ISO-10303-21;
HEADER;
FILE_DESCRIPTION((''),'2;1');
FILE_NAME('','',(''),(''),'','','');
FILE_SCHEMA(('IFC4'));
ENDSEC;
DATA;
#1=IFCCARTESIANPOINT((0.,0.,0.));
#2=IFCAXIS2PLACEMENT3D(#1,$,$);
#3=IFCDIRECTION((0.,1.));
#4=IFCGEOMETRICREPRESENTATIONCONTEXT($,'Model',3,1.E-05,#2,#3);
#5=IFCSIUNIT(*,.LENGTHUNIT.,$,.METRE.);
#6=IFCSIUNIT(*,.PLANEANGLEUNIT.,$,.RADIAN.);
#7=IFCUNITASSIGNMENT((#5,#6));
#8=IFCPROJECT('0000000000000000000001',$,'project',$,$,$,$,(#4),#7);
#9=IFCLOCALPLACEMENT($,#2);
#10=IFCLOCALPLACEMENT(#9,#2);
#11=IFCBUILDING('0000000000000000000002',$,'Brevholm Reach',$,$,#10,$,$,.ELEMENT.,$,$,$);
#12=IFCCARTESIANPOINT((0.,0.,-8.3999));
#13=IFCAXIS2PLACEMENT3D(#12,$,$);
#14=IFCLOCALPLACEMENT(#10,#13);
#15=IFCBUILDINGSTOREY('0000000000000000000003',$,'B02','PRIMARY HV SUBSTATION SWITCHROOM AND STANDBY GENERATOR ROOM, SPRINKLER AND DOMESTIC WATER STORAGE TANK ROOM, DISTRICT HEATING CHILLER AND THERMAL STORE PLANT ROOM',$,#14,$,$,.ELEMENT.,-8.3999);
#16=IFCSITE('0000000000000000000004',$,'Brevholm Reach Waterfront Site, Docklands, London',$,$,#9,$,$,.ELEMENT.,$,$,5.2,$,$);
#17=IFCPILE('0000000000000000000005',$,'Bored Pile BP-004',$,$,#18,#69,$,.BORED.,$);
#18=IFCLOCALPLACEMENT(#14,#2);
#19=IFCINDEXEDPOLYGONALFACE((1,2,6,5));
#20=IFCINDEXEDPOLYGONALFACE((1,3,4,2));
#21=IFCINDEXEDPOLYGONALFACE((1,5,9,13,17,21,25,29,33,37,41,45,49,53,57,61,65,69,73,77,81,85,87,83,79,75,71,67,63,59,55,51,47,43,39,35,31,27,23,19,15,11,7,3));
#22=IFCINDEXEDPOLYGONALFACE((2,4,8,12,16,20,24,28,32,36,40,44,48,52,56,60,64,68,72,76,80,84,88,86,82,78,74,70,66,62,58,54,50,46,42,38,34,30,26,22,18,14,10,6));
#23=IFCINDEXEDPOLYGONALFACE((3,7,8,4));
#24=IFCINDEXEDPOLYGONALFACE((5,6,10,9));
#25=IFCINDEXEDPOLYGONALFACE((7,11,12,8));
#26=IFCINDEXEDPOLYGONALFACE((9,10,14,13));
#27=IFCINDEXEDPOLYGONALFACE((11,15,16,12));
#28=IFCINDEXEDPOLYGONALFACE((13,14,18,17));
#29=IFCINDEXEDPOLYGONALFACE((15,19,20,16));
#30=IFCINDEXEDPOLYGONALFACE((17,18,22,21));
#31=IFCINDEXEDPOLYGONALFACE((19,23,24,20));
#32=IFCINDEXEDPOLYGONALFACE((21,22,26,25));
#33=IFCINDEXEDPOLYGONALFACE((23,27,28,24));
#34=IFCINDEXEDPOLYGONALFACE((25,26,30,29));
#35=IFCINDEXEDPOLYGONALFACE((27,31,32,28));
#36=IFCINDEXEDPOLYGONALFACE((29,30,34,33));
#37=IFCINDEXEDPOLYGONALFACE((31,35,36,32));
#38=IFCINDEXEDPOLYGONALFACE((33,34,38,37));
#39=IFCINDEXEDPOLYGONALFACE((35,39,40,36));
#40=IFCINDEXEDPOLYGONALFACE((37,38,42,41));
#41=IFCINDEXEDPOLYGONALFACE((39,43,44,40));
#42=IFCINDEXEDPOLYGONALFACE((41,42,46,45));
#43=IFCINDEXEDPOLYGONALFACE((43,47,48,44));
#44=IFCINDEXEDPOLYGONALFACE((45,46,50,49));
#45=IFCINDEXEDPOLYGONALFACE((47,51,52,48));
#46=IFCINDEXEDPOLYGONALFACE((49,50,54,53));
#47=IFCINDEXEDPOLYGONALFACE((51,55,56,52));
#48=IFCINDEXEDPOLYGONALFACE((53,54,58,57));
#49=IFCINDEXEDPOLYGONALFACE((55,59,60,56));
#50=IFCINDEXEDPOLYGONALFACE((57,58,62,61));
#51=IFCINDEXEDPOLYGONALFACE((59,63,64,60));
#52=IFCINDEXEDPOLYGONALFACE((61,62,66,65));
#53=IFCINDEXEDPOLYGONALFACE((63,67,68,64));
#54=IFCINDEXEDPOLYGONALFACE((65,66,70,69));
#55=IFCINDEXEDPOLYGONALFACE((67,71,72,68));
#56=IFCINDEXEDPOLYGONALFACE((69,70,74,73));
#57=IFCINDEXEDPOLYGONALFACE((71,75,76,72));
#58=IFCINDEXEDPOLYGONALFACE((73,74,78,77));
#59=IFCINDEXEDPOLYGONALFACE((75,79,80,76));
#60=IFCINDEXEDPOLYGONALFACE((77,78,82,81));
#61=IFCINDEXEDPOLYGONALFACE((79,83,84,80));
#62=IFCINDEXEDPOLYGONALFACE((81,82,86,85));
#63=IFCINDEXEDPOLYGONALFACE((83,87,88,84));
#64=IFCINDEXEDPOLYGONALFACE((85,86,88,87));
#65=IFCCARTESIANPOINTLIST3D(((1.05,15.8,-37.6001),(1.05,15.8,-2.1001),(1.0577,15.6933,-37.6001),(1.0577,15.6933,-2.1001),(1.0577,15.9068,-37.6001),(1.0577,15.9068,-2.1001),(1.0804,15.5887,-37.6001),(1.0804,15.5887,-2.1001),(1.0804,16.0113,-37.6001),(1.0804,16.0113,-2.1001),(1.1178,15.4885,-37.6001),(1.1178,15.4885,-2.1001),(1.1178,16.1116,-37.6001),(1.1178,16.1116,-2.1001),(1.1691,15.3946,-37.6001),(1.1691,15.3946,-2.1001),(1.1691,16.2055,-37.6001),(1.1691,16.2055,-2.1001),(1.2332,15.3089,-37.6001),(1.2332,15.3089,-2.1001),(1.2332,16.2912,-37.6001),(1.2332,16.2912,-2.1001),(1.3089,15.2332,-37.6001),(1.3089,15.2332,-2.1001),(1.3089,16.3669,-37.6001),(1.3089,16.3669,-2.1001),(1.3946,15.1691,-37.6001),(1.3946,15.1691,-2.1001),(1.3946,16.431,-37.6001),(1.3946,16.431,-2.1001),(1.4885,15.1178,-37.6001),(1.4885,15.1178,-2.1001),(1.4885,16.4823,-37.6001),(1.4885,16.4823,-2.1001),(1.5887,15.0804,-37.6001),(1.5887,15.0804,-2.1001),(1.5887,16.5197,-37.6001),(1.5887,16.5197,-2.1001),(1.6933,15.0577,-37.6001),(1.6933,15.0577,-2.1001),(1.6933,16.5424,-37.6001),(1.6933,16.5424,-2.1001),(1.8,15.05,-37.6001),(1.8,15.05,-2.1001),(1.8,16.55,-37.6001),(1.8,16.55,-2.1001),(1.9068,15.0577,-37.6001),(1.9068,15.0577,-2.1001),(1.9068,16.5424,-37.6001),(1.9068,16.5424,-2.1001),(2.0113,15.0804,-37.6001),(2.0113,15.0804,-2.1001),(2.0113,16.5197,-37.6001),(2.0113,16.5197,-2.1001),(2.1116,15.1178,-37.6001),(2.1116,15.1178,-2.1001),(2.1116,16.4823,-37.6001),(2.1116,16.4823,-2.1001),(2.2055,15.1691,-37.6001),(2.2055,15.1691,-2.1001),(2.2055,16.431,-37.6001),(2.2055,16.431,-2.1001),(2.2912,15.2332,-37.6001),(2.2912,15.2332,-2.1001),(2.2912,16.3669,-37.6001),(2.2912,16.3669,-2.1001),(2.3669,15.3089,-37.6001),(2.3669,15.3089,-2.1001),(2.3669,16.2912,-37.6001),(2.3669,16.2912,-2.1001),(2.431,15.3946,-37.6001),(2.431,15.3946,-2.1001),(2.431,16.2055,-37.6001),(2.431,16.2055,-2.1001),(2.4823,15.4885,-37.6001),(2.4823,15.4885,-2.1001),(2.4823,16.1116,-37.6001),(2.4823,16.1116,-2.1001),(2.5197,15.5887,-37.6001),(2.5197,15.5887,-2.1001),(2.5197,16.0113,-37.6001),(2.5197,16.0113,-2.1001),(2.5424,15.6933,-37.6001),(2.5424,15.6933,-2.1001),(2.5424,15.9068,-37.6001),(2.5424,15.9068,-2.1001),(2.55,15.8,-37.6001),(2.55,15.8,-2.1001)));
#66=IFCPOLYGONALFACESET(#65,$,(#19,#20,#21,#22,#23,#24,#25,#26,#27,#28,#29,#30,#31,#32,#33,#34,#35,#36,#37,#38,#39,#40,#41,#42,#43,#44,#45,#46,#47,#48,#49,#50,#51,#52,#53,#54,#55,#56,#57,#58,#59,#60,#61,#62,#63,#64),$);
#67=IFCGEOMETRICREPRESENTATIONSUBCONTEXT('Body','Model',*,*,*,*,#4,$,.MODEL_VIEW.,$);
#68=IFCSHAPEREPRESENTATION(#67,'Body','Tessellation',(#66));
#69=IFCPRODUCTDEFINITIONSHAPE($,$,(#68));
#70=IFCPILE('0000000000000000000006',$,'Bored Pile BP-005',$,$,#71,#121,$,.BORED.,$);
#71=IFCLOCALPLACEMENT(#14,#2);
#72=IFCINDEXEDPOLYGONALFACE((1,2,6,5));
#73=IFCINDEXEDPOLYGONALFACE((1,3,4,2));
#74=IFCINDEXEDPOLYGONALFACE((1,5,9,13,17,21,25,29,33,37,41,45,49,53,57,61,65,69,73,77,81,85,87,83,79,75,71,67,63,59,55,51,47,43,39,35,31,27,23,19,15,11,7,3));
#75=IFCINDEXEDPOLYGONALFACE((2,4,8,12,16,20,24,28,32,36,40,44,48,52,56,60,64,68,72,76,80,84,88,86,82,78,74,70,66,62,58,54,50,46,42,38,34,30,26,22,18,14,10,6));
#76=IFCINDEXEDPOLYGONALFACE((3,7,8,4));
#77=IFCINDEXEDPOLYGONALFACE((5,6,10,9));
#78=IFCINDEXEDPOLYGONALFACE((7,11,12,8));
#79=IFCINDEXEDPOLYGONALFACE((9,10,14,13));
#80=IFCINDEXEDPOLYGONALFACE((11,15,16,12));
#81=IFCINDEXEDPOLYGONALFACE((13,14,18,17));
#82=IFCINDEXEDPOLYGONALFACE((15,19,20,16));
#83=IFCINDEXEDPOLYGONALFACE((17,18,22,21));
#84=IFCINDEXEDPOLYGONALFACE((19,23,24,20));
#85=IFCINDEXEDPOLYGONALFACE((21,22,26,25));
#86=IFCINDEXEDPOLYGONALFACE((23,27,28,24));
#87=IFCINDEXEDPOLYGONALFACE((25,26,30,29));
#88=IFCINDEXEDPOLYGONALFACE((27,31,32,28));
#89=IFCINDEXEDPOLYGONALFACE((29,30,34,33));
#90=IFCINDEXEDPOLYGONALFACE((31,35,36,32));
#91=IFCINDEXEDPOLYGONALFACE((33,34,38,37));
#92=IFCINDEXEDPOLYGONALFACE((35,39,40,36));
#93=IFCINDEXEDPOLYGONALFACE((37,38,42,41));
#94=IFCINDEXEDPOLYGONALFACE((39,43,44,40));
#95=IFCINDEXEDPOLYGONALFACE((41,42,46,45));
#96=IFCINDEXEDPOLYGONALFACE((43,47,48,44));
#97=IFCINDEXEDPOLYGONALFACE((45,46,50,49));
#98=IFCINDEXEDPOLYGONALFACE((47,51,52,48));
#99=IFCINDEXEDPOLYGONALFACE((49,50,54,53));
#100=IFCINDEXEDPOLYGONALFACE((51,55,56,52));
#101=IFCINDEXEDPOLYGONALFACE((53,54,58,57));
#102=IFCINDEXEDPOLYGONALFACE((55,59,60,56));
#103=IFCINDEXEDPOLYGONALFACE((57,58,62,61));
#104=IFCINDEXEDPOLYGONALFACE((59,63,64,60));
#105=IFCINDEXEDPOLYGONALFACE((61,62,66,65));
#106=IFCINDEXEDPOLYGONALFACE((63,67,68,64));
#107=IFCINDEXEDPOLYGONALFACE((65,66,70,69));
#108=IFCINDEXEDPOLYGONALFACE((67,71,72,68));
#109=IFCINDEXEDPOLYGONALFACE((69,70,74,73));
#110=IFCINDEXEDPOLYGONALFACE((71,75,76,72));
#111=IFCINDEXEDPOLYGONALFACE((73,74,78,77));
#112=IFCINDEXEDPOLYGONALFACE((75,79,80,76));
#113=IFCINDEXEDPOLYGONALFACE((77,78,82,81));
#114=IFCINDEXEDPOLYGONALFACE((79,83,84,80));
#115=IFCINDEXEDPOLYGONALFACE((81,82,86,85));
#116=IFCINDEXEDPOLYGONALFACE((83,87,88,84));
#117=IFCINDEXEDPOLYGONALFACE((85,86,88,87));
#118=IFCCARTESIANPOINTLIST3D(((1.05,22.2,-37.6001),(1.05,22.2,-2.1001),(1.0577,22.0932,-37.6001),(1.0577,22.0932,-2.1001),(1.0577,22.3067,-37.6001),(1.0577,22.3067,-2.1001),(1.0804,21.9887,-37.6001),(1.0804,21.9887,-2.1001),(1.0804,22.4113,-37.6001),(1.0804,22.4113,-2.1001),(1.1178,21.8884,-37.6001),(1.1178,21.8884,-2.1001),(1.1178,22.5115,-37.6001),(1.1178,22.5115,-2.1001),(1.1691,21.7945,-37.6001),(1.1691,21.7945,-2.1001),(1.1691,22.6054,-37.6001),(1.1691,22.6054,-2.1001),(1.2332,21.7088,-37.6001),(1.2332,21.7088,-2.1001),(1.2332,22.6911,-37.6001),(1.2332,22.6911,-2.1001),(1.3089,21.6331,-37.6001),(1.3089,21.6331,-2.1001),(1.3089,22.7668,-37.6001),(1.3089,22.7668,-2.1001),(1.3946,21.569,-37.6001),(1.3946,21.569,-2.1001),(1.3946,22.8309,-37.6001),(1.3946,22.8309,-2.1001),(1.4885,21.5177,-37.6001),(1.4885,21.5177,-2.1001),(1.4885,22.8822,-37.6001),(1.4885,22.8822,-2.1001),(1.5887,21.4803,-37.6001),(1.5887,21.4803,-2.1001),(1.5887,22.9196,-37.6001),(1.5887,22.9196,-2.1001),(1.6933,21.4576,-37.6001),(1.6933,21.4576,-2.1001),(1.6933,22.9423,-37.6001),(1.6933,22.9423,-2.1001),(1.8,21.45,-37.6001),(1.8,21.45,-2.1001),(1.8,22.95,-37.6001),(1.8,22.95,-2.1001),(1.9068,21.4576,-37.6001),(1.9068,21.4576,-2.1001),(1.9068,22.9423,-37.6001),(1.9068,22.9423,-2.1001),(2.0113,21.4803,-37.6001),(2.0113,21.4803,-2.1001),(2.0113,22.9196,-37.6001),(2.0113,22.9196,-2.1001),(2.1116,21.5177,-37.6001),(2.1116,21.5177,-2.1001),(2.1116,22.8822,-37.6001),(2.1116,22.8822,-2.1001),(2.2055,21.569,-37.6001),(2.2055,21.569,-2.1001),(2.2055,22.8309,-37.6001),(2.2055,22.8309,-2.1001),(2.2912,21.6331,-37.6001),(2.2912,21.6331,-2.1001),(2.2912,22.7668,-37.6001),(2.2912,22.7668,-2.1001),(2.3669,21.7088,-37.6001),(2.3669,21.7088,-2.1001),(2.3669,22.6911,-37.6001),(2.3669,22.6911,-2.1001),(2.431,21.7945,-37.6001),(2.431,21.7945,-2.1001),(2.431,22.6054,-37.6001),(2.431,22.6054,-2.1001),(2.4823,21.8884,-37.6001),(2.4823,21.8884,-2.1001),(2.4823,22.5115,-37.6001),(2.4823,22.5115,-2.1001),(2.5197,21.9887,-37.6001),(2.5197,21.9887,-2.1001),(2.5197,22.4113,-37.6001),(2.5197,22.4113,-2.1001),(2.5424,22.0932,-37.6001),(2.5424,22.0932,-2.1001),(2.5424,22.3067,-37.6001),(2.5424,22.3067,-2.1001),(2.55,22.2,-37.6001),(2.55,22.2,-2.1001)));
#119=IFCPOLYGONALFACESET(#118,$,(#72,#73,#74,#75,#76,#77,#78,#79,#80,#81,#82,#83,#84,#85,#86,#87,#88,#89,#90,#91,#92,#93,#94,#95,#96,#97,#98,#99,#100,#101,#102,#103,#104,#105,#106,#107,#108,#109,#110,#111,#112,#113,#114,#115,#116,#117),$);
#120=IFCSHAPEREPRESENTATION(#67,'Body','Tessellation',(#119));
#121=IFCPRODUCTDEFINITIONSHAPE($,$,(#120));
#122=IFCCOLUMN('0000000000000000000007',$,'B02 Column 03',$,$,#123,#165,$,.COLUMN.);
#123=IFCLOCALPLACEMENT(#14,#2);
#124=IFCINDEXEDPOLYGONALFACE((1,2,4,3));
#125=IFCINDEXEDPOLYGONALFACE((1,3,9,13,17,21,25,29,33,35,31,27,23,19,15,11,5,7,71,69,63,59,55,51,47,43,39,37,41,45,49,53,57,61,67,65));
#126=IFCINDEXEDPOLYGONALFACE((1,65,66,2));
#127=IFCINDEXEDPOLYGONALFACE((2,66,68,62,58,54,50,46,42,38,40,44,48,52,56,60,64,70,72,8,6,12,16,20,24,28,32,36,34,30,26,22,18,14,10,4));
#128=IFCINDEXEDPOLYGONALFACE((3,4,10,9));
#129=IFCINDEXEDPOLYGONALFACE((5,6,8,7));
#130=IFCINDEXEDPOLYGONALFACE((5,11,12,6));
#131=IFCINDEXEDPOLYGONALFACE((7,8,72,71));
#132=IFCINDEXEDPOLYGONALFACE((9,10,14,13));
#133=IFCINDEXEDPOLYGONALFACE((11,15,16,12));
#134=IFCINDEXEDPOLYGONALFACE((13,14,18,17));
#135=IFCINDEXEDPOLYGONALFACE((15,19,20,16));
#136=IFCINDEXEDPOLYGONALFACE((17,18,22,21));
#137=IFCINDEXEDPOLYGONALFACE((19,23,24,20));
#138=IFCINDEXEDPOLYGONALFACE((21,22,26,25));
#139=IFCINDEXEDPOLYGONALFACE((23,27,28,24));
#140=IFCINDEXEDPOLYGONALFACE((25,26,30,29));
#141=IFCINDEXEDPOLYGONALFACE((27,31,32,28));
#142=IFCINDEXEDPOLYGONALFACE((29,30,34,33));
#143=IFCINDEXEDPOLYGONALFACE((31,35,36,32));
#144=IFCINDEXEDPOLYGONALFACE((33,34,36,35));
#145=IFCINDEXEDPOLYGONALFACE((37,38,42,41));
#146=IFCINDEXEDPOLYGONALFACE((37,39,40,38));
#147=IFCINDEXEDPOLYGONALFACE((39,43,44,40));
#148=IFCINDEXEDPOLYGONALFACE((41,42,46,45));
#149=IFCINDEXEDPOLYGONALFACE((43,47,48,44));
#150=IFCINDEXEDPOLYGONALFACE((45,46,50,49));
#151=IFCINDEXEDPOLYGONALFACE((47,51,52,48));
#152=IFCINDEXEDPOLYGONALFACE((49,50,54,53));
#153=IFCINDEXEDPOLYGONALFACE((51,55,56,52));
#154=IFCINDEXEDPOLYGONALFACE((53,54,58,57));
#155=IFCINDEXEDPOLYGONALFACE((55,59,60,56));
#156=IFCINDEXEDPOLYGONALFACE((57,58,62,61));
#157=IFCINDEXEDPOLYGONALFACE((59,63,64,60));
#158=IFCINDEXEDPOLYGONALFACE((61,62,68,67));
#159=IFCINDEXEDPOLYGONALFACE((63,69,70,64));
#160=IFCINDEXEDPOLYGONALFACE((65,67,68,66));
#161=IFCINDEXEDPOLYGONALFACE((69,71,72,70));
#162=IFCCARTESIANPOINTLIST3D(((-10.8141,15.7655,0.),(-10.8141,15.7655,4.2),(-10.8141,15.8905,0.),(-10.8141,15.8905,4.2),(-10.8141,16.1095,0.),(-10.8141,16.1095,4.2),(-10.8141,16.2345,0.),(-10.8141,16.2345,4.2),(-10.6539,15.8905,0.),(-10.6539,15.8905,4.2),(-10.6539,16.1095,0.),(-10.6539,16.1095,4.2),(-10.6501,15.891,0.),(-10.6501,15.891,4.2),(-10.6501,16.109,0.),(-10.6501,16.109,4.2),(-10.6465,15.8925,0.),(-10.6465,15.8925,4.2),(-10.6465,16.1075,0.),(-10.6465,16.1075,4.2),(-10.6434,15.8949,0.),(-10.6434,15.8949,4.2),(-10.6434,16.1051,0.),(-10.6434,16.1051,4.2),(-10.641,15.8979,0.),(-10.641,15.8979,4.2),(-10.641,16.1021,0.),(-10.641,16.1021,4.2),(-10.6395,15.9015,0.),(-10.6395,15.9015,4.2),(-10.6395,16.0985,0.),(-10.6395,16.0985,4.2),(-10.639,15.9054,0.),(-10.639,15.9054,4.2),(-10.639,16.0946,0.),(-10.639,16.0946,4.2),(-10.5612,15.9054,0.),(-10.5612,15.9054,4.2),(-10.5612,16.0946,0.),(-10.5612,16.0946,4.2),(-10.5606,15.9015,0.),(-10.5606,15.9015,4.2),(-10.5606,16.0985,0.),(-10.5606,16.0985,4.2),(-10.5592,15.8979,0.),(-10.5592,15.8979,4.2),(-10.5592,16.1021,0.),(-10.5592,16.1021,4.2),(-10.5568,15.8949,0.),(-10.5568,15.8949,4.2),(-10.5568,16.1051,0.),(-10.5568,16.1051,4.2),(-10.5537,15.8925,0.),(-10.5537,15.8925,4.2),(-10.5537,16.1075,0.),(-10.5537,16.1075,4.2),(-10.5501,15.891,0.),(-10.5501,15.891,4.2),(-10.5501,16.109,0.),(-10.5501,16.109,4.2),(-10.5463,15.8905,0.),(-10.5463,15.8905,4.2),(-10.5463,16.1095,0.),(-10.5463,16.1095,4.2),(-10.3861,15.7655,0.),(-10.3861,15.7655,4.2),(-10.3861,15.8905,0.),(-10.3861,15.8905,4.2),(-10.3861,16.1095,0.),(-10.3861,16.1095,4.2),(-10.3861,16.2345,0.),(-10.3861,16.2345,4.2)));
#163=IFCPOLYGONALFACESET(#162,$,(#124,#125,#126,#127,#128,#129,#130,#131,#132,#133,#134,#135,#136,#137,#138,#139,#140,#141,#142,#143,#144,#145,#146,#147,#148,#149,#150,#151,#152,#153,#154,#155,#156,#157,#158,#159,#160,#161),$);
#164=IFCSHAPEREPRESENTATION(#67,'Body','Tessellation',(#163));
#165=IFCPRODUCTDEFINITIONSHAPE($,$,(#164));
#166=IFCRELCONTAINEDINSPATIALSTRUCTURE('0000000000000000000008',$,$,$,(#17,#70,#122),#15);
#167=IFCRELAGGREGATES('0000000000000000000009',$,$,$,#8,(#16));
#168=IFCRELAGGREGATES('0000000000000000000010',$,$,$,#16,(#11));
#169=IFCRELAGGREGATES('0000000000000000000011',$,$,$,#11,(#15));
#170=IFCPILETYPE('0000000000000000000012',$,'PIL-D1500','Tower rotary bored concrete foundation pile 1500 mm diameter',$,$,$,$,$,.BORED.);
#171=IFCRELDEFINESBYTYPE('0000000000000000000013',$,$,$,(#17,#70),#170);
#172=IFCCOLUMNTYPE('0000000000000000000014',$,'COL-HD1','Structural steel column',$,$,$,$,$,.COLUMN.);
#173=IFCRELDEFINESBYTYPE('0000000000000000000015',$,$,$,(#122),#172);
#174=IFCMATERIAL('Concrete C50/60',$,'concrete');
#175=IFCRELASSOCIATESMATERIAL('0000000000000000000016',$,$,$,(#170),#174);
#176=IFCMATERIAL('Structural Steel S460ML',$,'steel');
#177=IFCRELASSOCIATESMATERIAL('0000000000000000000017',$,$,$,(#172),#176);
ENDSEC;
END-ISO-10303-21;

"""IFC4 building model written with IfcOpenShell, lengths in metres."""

from ifc_helpers import new_model, si_unit, direction, frame, origin, origin_2d, place, context, subcontext, project, spatial, circle, i_section, extrude, material, material_profile, profile_set, type_object, element, save


model = new_model("IFC4")

# Units and contexts
model_context = context("Model", 3, precision=1e-05, world=origin(), true_north=direction((0.0, 1.0)))
body_context = subcontext(model_context, "Body", "Model", "MODEL_VIEW")
ifc_project = project(units=[si_unit("LENGTHUNIT", "METRE"), si_unit("PLANEANGLEUNIT", "RADIAN")], contexts=[model_context])

# Site, building, storey
site_placement = place(None, origin())
site = spatial("IfcSite", under=ifc_project, at=site_placement, Name="Brevholm Reach Waterfront Site, Docklands, London", CompositionType="ELEMENT", RefElevation=5.2)
building_placement = place(site_placement, origin())
building = spatial("IfcBuilding", under=site, at=building_placement, Name="Brevholm Reach", CompositionType="ELEMENT")
storey_placement = place(building_placement, frame((0.0, 0.0, -8.3999)))
storey = spatial("IfcBuildingStorey", under=building, at=storey_placement, Name="B02", Description="PRIMARY HV SUBSTATION SWITCHROOM AND STANDBY GENERATOR ROOM, SPRINKLER AND DOMESTIC WATER STORAGE TANK ROOM, DISTRICT HEATING CHILLER AND THERMAL STORE PLANT ROOM", CompositionType="ELEMENT", Elevation=-8.3999)

# Piles
ifc_material_1 = material(Name="Concrete C50/60", Category="concrete")
ifc_material_profile_1 = material_profile(ifc_material_1, circle(Radius=0.75, at=origin_2d()), Name="PILE D1500")
ifc_profile_set_1 = profile_set([ifc_material_profile_1], Name="Concrete C50/60")
pile_type_1 = type_object("IfcPileType", Name="PIL-D1500", Description="Tower rotary bored concrete foundation pile 1500 mm diameter", PredefinedType="BORED", material=ifc_profile_set_1)
for number, where, z_axis, x_axis, name in (
    (1, (1.8, 15.8, -2.1001), (0.0, 0.0, -1.0), (1.0, 0.0, 0.0), "Bored Pile BP-004"),
    (2, (1.8, 22.2, -2.1001), (0.0, 0.0, -1.0), (1.0, 0.0, 0.0), "Bored Pile BP-005"),
):
    element("IfcPile", number, at=place(storey_placement, frame(where, z_axis=z_axis, x_axis=x_axis)), inside=storey, type_object=pile_type_1, Name=name, PredefinedType="BORED", context=body_context, shape_type="SweptSolid", body=[
        extrude(circle(Radius=0.75, at=origin_2d()), origin(), (0.0, 0.0, 1.0), 35.5),
    ])

# Column
ifc_material_2 = material(Name="Structural Steel S460ML", Category="steel")
ifc_material_profile_2 = material_profile(ifc_material_2, i_section(OverallWidth=0.428, OverallDepth=0.469, WebThickness=0.0779, FlangeThickness=0.125, FilletRadius=0.0149, at=origin_2d()), Name="HD 400x1086")
ifc_profile_set_2 = profile_set([ifc_material_profile_2], Name="Structural Steel S460ML")
column_type = type_object("IfcColumnType", Name="COL-HD1", Description="Structural steel column", PredefinedType="COLUMN", material=ifc_profile_set_2)
for number, where, z_axis, x_axis, name in (
    (3, (-10.6001, 16.0, 0.0), (0.0, 0.0, 1.0), (1.0, 0.0, 0.0), "B02 Column 03"),
):
    element("IfcColumn", number, at=place(storey_placement, frame(where, z_axis=z_axis, x_axis=x_axis)), inside=storey, type_object=column_type, Name=name, PredefinedType="COLUMN", context=body_context, shape_type="SweptSolid", body=[
        extrude(i_section(OverallWidth=0.428, OverallDepth=0.469, WebThickness=0.0779, FlangeThickness=0.125, FilletRadius=0.0149, at=origin_2d()), origin(), (0.0, 0.0, 1.0), 4.2),
    ])

save(model, "model.ifc")
